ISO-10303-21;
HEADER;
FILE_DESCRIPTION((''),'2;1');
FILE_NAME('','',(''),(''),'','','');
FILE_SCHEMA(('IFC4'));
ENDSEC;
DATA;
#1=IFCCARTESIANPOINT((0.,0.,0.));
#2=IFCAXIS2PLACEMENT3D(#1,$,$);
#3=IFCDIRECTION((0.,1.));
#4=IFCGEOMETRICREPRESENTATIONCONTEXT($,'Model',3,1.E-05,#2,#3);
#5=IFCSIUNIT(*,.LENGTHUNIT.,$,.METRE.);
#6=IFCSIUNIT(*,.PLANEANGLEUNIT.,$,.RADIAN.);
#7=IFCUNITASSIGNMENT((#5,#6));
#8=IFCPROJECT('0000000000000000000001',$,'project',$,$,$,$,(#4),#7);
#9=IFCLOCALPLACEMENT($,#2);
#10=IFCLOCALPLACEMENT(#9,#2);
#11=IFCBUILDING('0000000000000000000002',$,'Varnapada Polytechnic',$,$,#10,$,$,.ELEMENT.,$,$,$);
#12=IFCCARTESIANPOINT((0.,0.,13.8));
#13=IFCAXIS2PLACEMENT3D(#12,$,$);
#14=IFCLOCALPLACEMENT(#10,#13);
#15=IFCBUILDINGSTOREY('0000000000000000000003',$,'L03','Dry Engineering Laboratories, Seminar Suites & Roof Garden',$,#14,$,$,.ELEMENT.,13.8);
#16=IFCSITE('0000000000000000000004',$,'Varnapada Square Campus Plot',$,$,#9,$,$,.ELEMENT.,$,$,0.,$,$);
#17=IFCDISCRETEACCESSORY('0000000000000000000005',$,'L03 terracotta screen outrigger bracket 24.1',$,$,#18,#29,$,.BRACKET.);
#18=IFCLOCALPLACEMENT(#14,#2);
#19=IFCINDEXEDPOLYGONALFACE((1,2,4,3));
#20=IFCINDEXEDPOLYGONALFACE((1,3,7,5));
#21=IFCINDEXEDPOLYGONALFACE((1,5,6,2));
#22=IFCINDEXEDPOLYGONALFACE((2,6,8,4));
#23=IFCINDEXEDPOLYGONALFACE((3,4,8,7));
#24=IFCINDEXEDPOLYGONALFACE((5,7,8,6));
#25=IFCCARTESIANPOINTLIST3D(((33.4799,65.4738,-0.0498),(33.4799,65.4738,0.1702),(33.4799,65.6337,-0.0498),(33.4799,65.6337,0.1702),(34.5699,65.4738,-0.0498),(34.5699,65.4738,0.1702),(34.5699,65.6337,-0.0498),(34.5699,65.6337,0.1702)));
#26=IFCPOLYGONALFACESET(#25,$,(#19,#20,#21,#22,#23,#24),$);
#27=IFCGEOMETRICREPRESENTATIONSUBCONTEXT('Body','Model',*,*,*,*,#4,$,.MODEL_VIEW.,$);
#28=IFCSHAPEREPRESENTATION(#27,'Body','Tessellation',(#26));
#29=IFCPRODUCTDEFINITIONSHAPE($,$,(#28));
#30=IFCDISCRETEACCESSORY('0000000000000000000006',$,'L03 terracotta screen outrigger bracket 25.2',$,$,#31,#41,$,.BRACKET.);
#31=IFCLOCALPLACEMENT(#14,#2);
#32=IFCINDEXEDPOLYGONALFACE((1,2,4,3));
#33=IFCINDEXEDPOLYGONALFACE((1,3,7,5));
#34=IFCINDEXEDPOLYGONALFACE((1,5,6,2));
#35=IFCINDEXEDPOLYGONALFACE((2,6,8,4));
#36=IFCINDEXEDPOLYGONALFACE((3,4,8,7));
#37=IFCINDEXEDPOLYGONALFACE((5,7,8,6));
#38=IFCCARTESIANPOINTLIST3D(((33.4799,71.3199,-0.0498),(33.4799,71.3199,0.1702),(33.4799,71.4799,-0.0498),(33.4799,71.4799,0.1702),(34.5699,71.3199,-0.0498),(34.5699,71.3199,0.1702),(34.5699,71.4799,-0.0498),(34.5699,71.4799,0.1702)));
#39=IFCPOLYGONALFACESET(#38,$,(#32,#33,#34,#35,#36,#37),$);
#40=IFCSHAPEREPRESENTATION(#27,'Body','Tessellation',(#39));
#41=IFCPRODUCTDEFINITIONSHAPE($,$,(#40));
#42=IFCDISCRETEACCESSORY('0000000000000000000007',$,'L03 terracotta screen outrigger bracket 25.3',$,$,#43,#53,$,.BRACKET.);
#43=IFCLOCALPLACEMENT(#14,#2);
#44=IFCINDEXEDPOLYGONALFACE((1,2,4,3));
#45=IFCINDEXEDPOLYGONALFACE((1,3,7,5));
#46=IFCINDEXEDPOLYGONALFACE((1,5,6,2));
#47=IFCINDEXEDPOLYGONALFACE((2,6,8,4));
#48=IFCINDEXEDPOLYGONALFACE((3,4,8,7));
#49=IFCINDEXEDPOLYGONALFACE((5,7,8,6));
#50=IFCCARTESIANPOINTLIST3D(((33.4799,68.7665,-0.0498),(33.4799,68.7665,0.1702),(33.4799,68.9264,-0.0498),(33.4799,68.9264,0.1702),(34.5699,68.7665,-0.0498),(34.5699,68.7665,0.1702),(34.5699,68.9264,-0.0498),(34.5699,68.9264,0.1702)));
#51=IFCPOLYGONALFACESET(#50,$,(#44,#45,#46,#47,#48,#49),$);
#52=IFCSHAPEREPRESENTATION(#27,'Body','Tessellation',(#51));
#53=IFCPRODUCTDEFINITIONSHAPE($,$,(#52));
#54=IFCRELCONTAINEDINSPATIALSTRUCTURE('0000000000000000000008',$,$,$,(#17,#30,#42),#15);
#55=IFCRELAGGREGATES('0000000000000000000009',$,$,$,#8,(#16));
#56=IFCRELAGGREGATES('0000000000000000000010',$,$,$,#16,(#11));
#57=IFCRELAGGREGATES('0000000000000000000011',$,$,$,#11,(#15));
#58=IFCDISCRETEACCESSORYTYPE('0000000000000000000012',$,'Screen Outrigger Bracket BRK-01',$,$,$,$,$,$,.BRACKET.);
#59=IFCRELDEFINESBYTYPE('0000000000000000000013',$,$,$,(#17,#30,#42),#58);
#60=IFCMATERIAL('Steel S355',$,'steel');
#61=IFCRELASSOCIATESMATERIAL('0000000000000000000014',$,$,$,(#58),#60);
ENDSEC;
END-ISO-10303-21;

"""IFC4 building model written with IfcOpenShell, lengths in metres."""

from ifc_helpers import new_model, si_unit, direction, frame, origin, origin_2d, place, context, subcontext, project, spatial, rectangle, extrude, material, type_object, element, save


model = new_model("IFC4")

# Units and contexts
model_context = context("Model", 3, precision=1e-05, world=origin(), true_north=direction((0.0, 1.0)))
body_context = subcontext(model_context, "Body", "Model", "MODEL_VIEW")
ifc_project = project(units=[si_unit("LENGTHUNIT", "METRE"), si_unit("PLANEANGLEUNIT", "RADIAN")], contexts=[model_context])

# Site, building, storey
site_placement = place(None, origin())
site = spatial("IfcSite", under=ifc_project, at=site_placement, Name="Varnapada Square Campus Plot", CompositionType="ELEMENT", RefElevation=0.0)
building_placement = place(site_placement, origin())
building = spatial("IfcBuilding", under=site, at=building_placement, Name="Varnapada Polytechnic", CompositionType="ELEMENT")
storey_placement = place(building_placement, frame((0.0, 0.0, 13.8)))
storey = spatial("IfcBuildingStorey", under=building, at=storey_placement, Name="L03", Description="Dry Engineering Laboratories, Seminar Suites & Roof Garden", CompositionType="ELEMENT", Elevation=13.8)

# Discrete accessories
ifc_material_1 = material(Name="Steel S355", Category="steel")
discrete_accessory_type = type_object("IfcDiscreteAccessoryType", Name="Screen Outrigger Bracket BRK-01", PredefinedType="BRACKET", material=ifc_material_1)
for number, where, z_axis, x_axis, name in (
    (1, (34.0249, 65.5537, -0.0498), (0.0, 0.0, 1.0), (0.0, -1.0, 0.0), "L03 terracotta screen outrigger bracket 24.1"),
    (2, (34.0249, 71.3999, -0.0498), (0.0, 0.0, 1.0), (0.0, -1.0, 0.0), "L03 terracotta screen outrigger bracket 25.2"),
    (3, (34.0249, 68.8464, -0.0498), (0.0, 0.0, 1.0), (0.0, -1.0, 0.0), "L03 terracotta screen outrigger bracket 25.3"),
):
    element("IfcDiscreteAccessory", number, at=place(storey_placement, frame(where, z_axis=z_axis, x_axis=x_axis)), inside=storey, type_object=discrete_accessory_type, Name=name, PredefinedType="BRACKET", context=body_context, shape_type="SweptSolid", body=[
        extrude(rectangle(XDim=0.1599, YDim=1.0901, at=origin_2d()), origin(), (0.0, 0.0, 1.0), 0.22),
    ])

save(model, "model.ifc")
